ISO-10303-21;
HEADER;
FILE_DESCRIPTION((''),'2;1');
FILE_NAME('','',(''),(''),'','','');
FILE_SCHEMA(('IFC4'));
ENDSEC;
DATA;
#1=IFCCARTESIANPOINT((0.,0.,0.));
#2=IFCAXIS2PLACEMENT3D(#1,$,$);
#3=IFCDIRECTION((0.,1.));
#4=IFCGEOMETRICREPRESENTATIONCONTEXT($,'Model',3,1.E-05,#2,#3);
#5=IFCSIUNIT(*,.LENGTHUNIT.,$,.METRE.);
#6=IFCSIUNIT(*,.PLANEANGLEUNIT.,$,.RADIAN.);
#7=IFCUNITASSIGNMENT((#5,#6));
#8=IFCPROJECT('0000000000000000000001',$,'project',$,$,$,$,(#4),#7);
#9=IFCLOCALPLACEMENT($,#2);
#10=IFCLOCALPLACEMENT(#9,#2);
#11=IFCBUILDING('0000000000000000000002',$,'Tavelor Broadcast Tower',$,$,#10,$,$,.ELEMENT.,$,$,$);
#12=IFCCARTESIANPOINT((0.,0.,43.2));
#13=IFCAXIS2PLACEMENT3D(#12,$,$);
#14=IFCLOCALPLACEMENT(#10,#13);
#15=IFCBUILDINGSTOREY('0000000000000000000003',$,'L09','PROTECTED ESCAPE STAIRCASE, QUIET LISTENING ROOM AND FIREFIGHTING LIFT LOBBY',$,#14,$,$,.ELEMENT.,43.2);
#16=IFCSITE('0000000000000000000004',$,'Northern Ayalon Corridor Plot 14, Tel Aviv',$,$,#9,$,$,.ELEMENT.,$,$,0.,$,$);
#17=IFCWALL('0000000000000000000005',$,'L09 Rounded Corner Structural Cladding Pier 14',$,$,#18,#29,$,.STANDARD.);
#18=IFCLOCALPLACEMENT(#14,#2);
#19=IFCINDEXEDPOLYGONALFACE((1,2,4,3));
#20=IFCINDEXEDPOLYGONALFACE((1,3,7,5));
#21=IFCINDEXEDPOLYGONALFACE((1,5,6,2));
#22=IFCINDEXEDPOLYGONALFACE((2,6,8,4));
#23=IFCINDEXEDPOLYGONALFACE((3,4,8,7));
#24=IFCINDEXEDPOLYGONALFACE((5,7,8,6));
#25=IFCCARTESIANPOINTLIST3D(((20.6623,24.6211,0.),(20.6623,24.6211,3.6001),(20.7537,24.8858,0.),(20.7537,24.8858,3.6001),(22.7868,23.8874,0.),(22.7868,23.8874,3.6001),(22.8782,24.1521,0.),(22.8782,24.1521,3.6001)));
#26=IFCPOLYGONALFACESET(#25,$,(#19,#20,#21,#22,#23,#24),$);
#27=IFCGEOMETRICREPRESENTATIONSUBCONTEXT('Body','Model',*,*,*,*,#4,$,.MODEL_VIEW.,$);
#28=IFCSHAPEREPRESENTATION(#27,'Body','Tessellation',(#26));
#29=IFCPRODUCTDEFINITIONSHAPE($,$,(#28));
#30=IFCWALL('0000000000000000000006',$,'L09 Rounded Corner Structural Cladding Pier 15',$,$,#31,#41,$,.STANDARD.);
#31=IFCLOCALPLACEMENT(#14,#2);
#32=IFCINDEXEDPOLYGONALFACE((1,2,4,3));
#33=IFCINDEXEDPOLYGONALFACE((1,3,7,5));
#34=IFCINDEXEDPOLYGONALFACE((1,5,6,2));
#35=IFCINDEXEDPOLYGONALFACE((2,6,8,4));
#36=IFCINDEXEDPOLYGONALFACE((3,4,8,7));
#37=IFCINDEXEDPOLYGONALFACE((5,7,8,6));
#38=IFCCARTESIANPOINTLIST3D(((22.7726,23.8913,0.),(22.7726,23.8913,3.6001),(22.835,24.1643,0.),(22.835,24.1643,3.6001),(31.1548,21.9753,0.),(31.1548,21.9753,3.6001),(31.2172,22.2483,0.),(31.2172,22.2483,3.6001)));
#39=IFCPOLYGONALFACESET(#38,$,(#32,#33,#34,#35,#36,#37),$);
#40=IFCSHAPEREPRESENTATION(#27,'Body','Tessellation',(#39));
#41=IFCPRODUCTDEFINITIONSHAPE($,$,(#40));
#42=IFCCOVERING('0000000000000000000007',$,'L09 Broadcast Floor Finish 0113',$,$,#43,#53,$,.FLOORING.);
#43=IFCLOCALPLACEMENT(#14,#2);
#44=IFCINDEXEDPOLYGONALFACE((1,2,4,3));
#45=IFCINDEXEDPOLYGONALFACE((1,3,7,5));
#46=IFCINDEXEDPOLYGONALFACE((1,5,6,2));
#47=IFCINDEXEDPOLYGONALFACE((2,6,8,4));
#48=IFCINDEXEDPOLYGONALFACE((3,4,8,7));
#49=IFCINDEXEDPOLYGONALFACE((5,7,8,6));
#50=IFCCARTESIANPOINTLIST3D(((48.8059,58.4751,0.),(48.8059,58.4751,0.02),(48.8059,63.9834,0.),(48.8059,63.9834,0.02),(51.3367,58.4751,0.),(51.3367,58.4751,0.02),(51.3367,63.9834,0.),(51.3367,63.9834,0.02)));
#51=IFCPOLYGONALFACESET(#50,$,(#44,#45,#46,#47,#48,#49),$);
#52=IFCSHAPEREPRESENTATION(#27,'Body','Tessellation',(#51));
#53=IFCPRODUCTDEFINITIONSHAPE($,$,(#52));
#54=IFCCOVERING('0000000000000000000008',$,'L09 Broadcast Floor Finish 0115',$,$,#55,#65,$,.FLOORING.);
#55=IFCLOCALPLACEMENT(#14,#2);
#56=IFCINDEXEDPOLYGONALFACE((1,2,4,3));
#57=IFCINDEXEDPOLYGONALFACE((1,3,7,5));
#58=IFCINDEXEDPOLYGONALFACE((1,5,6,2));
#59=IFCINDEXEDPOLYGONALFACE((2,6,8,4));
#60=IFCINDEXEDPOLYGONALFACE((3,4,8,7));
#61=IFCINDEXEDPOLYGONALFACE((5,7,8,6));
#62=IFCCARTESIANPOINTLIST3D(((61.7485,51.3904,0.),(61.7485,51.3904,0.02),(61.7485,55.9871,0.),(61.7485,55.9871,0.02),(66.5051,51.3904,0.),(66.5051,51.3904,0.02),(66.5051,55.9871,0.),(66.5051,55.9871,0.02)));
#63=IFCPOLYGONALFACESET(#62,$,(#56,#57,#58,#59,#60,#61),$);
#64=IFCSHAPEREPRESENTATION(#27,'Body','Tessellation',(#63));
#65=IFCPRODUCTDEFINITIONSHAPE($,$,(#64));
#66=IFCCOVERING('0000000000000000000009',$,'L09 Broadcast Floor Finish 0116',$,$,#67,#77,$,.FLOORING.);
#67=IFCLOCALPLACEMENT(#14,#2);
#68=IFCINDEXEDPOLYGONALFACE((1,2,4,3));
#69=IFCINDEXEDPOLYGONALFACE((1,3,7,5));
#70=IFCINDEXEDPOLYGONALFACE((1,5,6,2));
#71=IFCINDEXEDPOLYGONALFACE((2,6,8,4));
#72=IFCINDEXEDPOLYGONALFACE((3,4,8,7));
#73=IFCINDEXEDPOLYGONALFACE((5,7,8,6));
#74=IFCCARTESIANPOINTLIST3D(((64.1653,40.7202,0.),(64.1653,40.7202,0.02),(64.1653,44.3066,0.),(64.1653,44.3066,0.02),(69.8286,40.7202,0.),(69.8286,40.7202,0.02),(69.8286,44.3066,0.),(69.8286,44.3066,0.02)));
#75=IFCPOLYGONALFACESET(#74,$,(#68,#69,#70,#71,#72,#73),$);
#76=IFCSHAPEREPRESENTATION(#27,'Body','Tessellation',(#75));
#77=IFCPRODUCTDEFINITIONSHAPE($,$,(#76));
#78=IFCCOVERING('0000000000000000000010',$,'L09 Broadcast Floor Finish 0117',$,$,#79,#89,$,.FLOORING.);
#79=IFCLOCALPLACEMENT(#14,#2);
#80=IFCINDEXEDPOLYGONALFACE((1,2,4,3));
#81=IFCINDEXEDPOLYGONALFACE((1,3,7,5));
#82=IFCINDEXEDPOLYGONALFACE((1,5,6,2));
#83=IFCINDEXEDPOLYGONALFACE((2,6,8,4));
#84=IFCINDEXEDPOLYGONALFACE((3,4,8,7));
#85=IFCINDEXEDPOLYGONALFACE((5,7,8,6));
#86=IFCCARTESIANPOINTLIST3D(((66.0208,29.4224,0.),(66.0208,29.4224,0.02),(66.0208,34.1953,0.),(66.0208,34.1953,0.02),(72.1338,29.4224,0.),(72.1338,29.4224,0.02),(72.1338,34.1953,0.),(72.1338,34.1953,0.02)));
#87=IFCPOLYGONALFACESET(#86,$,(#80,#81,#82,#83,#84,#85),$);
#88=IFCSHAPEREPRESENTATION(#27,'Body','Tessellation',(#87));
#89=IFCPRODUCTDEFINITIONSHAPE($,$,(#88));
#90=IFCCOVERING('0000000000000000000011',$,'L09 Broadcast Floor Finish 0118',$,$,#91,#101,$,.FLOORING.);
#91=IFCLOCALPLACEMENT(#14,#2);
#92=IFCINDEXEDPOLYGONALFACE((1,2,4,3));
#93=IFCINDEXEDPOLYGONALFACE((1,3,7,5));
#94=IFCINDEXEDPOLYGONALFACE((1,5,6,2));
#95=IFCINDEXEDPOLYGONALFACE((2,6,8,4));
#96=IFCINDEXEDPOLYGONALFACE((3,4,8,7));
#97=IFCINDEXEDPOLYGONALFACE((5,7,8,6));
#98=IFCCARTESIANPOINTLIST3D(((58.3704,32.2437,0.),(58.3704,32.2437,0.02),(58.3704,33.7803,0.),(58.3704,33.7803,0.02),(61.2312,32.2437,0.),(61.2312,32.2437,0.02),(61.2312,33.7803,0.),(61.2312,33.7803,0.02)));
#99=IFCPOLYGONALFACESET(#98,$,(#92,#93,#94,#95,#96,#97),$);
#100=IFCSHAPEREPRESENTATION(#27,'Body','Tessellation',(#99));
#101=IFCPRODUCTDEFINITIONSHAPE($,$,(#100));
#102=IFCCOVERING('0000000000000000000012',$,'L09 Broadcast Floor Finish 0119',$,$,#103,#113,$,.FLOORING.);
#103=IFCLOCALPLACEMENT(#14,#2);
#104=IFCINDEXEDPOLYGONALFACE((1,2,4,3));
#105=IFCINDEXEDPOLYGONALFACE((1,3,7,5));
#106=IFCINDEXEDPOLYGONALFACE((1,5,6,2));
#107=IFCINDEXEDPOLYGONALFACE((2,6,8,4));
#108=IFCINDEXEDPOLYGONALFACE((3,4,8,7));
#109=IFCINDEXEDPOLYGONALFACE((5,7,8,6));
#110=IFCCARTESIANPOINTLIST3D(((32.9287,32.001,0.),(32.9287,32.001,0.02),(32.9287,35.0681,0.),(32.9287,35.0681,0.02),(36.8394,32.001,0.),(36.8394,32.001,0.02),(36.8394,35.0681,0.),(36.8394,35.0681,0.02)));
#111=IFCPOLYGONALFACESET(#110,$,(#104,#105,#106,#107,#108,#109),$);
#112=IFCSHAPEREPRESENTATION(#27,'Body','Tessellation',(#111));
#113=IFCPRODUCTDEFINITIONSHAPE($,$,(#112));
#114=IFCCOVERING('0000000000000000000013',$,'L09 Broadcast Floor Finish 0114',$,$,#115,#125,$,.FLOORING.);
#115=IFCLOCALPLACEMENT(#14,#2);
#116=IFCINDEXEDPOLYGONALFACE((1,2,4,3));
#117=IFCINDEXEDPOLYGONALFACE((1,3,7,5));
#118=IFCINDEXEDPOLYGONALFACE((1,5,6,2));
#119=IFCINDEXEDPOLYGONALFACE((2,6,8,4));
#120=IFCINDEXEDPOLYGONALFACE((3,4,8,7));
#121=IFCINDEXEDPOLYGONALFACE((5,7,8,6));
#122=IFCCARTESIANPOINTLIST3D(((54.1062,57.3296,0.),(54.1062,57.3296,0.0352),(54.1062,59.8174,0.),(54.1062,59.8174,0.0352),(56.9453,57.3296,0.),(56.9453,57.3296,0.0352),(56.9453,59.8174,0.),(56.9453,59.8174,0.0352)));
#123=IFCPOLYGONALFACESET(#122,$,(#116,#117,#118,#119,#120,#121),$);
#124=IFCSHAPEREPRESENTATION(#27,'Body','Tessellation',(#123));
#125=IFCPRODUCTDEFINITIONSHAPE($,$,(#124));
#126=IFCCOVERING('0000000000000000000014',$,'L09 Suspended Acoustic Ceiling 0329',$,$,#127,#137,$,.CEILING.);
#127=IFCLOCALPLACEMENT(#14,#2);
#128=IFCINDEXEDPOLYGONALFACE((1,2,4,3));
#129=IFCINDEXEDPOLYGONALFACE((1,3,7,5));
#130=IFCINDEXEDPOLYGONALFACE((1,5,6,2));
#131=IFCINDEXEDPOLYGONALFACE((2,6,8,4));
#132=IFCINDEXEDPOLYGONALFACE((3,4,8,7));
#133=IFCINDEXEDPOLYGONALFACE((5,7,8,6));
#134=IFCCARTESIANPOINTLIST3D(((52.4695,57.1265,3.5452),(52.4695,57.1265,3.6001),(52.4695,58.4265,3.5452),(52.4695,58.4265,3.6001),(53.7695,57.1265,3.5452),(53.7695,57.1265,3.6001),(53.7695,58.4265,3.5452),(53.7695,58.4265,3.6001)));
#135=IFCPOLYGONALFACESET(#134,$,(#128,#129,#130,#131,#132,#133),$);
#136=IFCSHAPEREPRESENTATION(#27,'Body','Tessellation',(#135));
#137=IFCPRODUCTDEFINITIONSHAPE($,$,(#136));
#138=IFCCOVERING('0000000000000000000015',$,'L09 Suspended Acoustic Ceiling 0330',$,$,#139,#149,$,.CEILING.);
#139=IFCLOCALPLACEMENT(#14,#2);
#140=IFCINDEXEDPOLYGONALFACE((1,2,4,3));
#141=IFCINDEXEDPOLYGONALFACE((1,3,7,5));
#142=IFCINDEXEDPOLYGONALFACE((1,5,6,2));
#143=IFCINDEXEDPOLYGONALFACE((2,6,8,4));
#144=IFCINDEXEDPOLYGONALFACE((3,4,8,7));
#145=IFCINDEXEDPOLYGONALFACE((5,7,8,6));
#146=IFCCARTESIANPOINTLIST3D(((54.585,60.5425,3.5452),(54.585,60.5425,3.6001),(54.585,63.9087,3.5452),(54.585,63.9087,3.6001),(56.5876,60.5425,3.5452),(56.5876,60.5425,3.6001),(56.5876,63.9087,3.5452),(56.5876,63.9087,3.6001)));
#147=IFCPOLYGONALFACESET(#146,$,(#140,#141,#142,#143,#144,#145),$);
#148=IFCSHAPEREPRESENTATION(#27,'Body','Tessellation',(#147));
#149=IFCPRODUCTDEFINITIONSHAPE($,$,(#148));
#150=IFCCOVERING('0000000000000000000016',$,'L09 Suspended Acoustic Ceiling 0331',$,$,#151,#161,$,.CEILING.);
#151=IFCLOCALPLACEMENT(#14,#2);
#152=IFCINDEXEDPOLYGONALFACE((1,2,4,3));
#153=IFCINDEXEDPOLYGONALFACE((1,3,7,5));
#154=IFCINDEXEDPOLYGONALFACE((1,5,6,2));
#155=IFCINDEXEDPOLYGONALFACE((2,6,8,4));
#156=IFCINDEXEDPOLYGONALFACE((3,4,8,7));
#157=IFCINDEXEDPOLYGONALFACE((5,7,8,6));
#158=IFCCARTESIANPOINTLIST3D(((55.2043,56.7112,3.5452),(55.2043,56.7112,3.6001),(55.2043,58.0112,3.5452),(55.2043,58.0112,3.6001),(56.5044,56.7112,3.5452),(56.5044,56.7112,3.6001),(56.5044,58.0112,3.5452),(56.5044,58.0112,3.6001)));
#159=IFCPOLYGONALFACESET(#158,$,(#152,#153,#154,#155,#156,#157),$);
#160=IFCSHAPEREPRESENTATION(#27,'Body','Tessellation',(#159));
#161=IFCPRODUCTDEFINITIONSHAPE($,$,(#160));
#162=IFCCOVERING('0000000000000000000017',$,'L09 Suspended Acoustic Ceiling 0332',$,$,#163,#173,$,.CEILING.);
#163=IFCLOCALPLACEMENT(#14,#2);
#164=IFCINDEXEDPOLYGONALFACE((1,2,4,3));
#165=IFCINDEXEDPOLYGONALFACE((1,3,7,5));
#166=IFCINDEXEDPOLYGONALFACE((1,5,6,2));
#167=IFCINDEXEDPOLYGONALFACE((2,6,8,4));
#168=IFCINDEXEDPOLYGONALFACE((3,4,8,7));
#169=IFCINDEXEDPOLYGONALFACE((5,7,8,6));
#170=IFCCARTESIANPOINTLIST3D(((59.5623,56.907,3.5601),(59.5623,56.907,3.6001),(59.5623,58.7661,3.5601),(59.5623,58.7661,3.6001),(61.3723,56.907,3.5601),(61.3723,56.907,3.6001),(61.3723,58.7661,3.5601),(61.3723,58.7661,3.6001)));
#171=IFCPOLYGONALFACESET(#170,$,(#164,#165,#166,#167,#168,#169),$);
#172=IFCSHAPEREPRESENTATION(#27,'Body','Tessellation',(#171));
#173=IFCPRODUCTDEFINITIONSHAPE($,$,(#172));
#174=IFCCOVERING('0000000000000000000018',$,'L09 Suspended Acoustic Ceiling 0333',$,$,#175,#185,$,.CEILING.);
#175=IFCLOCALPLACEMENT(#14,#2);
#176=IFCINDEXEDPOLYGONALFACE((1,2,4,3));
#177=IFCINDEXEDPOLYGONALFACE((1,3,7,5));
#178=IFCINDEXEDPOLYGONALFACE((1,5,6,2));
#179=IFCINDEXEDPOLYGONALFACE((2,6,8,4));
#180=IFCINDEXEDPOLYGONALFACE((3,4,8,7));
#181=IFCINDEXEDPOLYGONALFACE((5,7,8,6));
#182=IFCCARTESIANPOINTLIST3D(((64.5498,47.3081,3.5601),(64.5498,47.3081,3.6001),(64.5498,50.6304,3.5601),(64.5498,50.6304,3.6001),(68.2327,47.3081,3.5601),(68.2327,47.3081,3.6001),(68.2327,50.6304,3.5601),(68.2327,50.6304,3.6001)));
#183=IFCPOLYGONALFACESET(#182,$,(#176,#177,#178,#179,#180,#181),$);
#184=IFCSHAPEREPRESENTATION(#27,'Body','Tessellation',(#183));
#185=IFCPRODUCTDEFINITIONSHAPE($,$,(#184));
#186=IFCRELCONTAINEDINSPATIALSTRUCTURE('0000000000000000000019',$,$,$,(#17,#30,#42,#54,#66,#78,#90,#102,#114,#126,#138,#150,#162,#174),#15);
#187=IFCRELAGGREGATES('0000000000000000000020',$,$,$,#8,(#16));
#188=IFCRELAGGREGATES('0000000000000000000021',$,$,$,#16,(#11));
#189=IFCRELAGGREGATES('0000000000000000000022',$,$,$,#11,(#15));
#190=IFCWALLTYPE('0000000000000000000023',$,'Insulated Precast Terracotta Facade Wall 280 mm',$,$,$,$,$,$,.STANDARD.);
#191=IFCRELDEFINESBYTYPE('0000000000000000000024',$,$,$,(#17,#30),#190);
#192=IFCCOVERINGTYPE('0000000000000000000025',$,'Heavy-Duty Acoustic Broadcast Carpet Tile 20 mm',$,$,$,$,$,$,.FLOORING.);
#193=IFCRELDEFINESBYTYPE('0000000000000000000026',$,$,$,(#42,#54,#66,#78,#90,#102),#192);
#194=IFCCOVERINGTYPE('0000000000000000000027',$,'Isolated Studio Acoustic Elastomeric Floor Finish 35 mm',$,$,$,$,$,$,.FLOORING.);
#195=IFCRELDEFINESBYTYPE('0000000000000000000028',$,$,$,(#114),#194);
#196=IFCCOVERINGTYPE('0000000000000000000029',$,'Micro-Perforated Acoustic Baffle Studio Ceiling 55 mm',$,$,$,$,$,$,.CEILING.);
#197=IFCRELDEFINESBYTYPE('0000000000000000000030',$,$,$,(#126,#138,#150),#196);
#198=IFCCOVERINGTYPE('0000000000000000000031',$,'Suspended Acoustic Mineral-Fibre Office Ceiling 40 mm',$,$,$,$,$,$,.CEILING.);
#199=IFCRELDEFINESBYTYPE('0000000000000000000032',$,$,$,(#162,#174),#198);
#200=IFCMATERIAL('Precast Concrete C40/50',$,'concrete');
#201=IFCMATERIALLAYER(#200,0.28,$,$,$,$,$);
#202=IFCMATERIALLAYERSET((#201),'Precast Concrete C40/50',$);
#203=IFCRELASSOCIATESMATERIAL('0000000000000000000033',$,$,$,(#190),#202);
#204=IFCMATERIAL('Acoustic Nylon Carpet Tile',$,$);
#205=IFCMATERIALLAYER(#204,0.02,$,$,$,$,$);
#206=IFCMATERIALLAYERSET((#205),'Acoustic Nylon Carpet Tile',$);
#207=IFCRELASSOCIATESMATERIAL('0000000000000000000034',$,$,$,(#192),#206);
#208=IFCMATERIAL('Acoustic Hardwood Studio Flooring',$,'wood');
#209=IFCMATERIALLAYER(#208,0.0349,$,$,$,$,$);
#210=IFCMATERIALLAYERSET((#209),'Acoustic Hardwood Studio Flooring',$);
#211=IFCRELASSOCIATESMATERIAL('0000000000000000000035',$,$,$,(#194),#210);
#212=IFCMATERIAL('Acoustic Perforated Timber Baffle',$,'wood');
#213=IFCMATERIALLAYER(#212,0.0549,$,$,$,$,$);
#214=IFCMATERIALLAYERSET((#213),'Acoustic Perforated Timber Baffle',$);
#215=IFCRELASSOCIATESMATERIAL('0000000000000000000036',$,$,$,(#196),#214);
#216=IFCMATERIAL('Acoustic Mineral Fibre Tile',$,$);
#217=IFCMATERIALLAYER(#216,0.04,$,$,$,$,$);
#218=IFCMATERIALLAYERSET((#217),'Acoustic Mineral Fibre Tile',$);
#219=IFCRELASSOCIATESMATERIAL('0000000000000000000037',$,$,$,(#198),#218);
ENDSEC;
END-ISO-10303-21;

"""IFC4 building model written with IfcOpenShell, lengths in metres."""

from ifc_helpers import new_model, si_unit, direction, frame, frame_2d, origin, place, context, subcontext, project, spatial, polyline, rectangle, outline, extrude, material, layer, layer_set, type_object, element, save


model = new_model("IFC4")

# Units and contexts
model_context = context("Model", 3, precision=1e-05, world=origin(), true_north=direction((0.0, 1.0)))
body_context = subcontext(model_context, "Body", "Model", "MODEL_VIEW")
ifc_project = project(units=[si_unit("LENGTHUNIT", "METRE"), si_unit("PLANEANGLEUNIT", "RADIAN")], contexts=[model_context])

# Site, building, storey
site_placement = place(None, origin())
site = spatial("IfcSite", under=ifc_project, at=site_placement, Name="Northern Ayalon Corridor Plot 14, Tel Aviv", CompositionType="ELEMENT", RefElevation=0.0)
building_placement = place(site_placement, origin())
building = spatial("IfcBuilding", under=site, at=building_placement, Name="Tavelor Broadcast Tower", CompositionType="ELEMENT")
storey_placement = place(building_placement, frame((0.0, 0.0, 43.2)))
storey = spatial("IfcBuildingStorey", under=building, at=storey_placement, Name="L09", Description="PROTECTED ESCAPE STAIRCASE, QUIET LISTENING ROOM AND FIREFIGHTING LIFT LOBBY", CompositionType="ELEMENT", Elevation=43.2)

# Walls
ifc_material_1 = material(Name="Precast Concrete C40/50", Category="concrete")
ifc_layer_1 = layer(ifc_material_1, 0.28)
ifc_layer_set_1 = layer_set([ifc_layer_1], Name="Precast Concrete C40/50")
wall_type = type_object("IfcWallType", Name="Insulated Precast Terracotta Facade Wall 280 mm", PredefinedType="STANDARD", material=ifc_layer_set_1)
wall_1_placement = place(storey_placement, frame((20.708, 24.7534, 0.0), z_axis=(0.0, 0.0, 1.0), x_axis=(0.945229, -0.326409, 0.0)))
element("IfcWall", 1, at=wall_1_placement, inside=storey, type_object=wall_type, Name="L09 Rounded Corner Structural Cladding Pier 14", PredefinedType="STANDARD", context=body_context, shape_type="SweptSolid", body=[
    extrude(rectangle(XDim=2.2476, YDim=0.28, at=frame_2d((1.1238, 0.0))), origin(), (0.0, 0.0, 1.0), 3.6001),
])
wall_2_placement = place(storey_placement, frame((22.8037, 24.0278, 0.0), z_axis=(0.0, 0.0, 1.0), x_axis=(0.974856, -0.222837, 0.0)))
element("IfcWall", 2, at=wall_2_placement, inside=storey, type_object=wall_type, Name="L09 Rounded Corner Structural Cladding Pier 15", PredefinedType="STANDARD", context=body_context, shape_type="SweptSolid", body=[
    extrude(rectangle(XDim=8.5984, YDim=0.28, at=frame_2d((4.2993, 0.0))), origin(), (0.0, 0.0, 1.0), 3.6001),
])

# Coverings
ifc_material_2 = material(Name="Acoustic Nylon Carpet Tile")
ifc_layer_2 = layer(ifc_material_2, 0.02)
ifc_layer_set_2 = layer_set([ifc_layer_2], Name="Acoustic Nylon Carpet Tile")
covering_type_1 = type_object("IfcCoveringType", Name="Heavy-Duty Acoustic Broadcast Carpet Tile 20 mm", PredefinedType="FLOORING", material=ifc_layer_set_2)
covering_1_placement = place(storey_placement, origin())
element("IfcCovering", 3, at=covering_1_placement, inside=storey, type_object=covering_type_1, Name="L09 Broadcast Floor Finish 0113", PredefinedType="FLOORING", context=body_context, shape_type="SweptSolid", body=[
    extrude(outline(polyline([(48.8059, 58.4751), (51.3367, 58.4751), (51.3367, 63.9834), (48.8059, 63.9834), (48.8059, 58.4751)])), origin(), (0.0, 0.0, 1.0), 0.02),
])
covering_2_placement = place(storey_placement, origin())
element("IfcCovering", 4, at=covering_2_placement, inside=storey, type_object=covering_type_1, Name="L09 Broadcast Floor Finish 0115", PredefinedType="FLOORING", context=body_context, shape_type="SweptSolid", body=[
    extrude(outline(polyline([(61.7485, 51.3904), (66.5051, 51.3904), (66.5051, 55.9871), (61.7485, 55.9871), (61.7485, 51.3904)])), origin(), (0.0, 0.0, 1.0), 0.02),
])
covering_3_placement = place(storey_placement, origin())
element("IfcCovering", 5, at=covering_3_placement, inside=storey, type_object=covering_type_1, Name="L09 Broadcast Floor Finish 0116", PredefinedType="FLOORING", context=body_context, shape_type="SweptSolid", body=[
    extrude(outline(polyline([(64.1653, 40.7202), (69.8286, 40.7202), (69.8286, 44.3066), (64.1653, 44.3066), (64.1653, 40.7202)])), origin(), (0.0, 0.0, 1.0), 0.02),
])
covering_4_placement = place(storey_placement, origin())
element("IfcCovering", 6, at=covering_4_placement, inside=storey, type_object=covering_type_1, Name="L09 Broadcast Floor Finish 0117", PredefinedType="FLOORING", context=body_context, shape_type="SweptSolid", body=[
    extrude(outline(polyline([(66.0208, 29.4224), (72.1338, 29.4224), (72.1338, 34.1953), (66.0208, 34.1953), (66.0208, 29.4224)])), origin(), (0.0, 0.0, 1.0), 0.02),
])
covering_5_placement = place(storey_placement, origin())
element("IfcCovering", 7, at=covering_5_placement, inside=storey, type_object=covering_type_1, Name="L09 Broadcast Floor Finish 0118", PredefinedType="FLOORING", context=body_context, shape_type="SweptSolid", body=[
    extrude(outline(polyline([(58.3704, 32.2437), (61.2312, 32.2437), (61.2312, 33.7803), (58.3704, 33.7803), (58.3704, 32.2437)])), origin(), (0.0, 0.0, 1.0), 0.02),
])
covering_6_placement = place(storey_placement, origin())
element("IfcCovering", 8, at=covering_6_placement, inside=storey, type_object=covering_type_1, Name="L09 Broadcast Floor Finish 0119", PredefinedType="FLOORING", context=body_context, shape_type="SweptSolid", body=[
    extrude(outline(polyline([(32.9287, 32.001), (36.8394, 32.001), (36.8394, 35.0681), (32.9287, 35.0681), (32.9287, 32.001)])), origin(), (0.0, 0.0, 1.0), 0.02),
])
ifc_material_3 = material(Name="Acoustic Hardwood Studio Flooring", Category="wood")
ifc_layer_3 = layer(ifc_material_3, 0.0349)
ifc_layer_set_3 = layer_set([ifc_layer_3], Name="Acoustic Hardwood Studio Flooring")
covering_type_2 = type_object("IfcCoveringType", Name="Isolated Studio Acoustic Elastomeric Floor Finish 35 mm", PredefinedType="FLOORING", material=ifc_layer_set_3)
covering_7_placement = place(storey_placement, origin())
element("IfcCovering", 9, at=covering_7_placement, inside=storey, type_object=covering_type_2, Name="L09 Broadcast Floor Finish 0114", PredefinedType="FLOORING", context=body_context, shape_type="SweptSolid", body=[
    extrude(outline(polyline([(54.1062, 57.3296), (56.9453, 57.3296), (56.9453, 59.8174), (54.1062, 59.8174), (54.1062, 57.3296)])), origin(), (0.0, 0.0, 1.0), 0.0352),
])
ifc_material_4 = material(Name="Acoustic Perforated Timber Baffle", Category="wood")
ifc_layer_4 = layer(ifc_material_4, 0.0549)
ifc_layer_set_4 = layer_set([ifc_layer_4], Name="Acoustic Perforated Timber Baffle")
covering_type_3 = type_object("IfcCoveringType", Name="Micro-Perforated Acoustic Baffle Studio Ceiling 55 mm", PredefinedType="CEILING", material=ifc_layer_set_4)
covering_8_placement = place(storey_placement, frame((0.0, 0.0, 3.5452)))
element("IfcCovering", 10, at=covering_8_placement, inside=storey, type_object=covering_type_3, Name="L09 Suspended Acoustic Ceiling 0329", PredefinedType="CEILING", context=body_context, shape_type="SweptSolid", body=[
    extrude(outline(polyline([(52.4695, 57.1265), (53.7695, 57.1265), (53.7695, 58.4265), (52.4695, 58.4265), (52.4695, 57.1265)])), origin(), (0.0, 0.0, 1.0), 0.0549),
])
covering_9_placement = place(storey_placement, frame((0.0, 0.0, 3.5452)))
element("IfcCovering", 11, at=covering_9_placement, inside=storey, type_object=covering_type_3, Name="L09 Suspended Acoustic Ceiling 0330", PredefinedType="CEILING", context=body_context, shape_type="SweptSolid", body=[
    extrude(outline(polyline([(54.585, 60.5425), (56.5876, 60.5425), (56.5876, 63.9087), (54.585, 63.9087), (54.585, 60.5425)])), origin(), (0.0, 0.0, 1.0), 0.0549),
])
covering_10_placement = place(storey_placement, frame((0.0, 0.0, 3.5452)))
element("IfcCovering", 12, at=covering_10_placement, inside=storey, type_object=covering_type_3, Name="L09 Suspended Acoustic Ceiling 0331", PredefinedType="CEILING", context=body_context, shape_type="SweptSolid", body=[
    extrude(outline(polyline([(55.2043, 56.7112), (56.5044, 56.7112), (56.5044, 58.0112), (55.2043, 58.0112), (55.2043, 56.7112)])), origin(), (0.0, 0.0, 1.0), 0.0549),
])
ifc_material_5 = material(Name="Acoustic Mineral Fibre Tile")
ifc_layer_5 = layer(ifc_material_5, 0.04)
ifc_layer_set_5 = layer_set([ifc_layer_5], Name="Acoustic Mineral Fibre Tile")
covering_type_4 = type_object("IfcCoveringType", Name="Suspended Acoustic Mineral-Fibre Office Ceiling 40 mm", PredefinedType="CEILING", material=ifc_layer_set_5)
covering_11_placement = place(storey_placement, frame((0.0, 0.0, 3.5601)))
element("IfcCovering", 13, at=covering_11_placement, inside=storey, type_object=covering_type_4, Name="L09 Suspended Acoustic Ceiling 0332", PredefinedType="CEILING", context=body_context, shape_type="SweptSolid", body=[
    extrude(outline(polyline([(59.5623, 56.907), (61.3723, 56.907), (61.3723, 58.7661), (59.5623, 58.7661), (59.5623, 56.907)])), origin(), (0.0, 0.0, 1.0), 0.04),
])
covering_12_placement = place(storey_placement, frame((0.0, 0.0, 3.5601)))
element("IfcCovering", 14, at=covering_12_placement, inside=storey, type_object=covering_type_4, Name="L09 Suspended Acoustic Ceiling 0333", PredefinedType="CEILING", context=body_context, shape_type="SweptSolid", body=[
    extrude(outline(polyline([(64.5498, 47.3081), (68.2327, 47.3081), (68.2327, 50.6304), (64.5498, 50.6304), (64.5498, 47.3081)])), origin(), (0.0, 0.0, 1.0), 0.04),
])

save(model, "model.ifc")
